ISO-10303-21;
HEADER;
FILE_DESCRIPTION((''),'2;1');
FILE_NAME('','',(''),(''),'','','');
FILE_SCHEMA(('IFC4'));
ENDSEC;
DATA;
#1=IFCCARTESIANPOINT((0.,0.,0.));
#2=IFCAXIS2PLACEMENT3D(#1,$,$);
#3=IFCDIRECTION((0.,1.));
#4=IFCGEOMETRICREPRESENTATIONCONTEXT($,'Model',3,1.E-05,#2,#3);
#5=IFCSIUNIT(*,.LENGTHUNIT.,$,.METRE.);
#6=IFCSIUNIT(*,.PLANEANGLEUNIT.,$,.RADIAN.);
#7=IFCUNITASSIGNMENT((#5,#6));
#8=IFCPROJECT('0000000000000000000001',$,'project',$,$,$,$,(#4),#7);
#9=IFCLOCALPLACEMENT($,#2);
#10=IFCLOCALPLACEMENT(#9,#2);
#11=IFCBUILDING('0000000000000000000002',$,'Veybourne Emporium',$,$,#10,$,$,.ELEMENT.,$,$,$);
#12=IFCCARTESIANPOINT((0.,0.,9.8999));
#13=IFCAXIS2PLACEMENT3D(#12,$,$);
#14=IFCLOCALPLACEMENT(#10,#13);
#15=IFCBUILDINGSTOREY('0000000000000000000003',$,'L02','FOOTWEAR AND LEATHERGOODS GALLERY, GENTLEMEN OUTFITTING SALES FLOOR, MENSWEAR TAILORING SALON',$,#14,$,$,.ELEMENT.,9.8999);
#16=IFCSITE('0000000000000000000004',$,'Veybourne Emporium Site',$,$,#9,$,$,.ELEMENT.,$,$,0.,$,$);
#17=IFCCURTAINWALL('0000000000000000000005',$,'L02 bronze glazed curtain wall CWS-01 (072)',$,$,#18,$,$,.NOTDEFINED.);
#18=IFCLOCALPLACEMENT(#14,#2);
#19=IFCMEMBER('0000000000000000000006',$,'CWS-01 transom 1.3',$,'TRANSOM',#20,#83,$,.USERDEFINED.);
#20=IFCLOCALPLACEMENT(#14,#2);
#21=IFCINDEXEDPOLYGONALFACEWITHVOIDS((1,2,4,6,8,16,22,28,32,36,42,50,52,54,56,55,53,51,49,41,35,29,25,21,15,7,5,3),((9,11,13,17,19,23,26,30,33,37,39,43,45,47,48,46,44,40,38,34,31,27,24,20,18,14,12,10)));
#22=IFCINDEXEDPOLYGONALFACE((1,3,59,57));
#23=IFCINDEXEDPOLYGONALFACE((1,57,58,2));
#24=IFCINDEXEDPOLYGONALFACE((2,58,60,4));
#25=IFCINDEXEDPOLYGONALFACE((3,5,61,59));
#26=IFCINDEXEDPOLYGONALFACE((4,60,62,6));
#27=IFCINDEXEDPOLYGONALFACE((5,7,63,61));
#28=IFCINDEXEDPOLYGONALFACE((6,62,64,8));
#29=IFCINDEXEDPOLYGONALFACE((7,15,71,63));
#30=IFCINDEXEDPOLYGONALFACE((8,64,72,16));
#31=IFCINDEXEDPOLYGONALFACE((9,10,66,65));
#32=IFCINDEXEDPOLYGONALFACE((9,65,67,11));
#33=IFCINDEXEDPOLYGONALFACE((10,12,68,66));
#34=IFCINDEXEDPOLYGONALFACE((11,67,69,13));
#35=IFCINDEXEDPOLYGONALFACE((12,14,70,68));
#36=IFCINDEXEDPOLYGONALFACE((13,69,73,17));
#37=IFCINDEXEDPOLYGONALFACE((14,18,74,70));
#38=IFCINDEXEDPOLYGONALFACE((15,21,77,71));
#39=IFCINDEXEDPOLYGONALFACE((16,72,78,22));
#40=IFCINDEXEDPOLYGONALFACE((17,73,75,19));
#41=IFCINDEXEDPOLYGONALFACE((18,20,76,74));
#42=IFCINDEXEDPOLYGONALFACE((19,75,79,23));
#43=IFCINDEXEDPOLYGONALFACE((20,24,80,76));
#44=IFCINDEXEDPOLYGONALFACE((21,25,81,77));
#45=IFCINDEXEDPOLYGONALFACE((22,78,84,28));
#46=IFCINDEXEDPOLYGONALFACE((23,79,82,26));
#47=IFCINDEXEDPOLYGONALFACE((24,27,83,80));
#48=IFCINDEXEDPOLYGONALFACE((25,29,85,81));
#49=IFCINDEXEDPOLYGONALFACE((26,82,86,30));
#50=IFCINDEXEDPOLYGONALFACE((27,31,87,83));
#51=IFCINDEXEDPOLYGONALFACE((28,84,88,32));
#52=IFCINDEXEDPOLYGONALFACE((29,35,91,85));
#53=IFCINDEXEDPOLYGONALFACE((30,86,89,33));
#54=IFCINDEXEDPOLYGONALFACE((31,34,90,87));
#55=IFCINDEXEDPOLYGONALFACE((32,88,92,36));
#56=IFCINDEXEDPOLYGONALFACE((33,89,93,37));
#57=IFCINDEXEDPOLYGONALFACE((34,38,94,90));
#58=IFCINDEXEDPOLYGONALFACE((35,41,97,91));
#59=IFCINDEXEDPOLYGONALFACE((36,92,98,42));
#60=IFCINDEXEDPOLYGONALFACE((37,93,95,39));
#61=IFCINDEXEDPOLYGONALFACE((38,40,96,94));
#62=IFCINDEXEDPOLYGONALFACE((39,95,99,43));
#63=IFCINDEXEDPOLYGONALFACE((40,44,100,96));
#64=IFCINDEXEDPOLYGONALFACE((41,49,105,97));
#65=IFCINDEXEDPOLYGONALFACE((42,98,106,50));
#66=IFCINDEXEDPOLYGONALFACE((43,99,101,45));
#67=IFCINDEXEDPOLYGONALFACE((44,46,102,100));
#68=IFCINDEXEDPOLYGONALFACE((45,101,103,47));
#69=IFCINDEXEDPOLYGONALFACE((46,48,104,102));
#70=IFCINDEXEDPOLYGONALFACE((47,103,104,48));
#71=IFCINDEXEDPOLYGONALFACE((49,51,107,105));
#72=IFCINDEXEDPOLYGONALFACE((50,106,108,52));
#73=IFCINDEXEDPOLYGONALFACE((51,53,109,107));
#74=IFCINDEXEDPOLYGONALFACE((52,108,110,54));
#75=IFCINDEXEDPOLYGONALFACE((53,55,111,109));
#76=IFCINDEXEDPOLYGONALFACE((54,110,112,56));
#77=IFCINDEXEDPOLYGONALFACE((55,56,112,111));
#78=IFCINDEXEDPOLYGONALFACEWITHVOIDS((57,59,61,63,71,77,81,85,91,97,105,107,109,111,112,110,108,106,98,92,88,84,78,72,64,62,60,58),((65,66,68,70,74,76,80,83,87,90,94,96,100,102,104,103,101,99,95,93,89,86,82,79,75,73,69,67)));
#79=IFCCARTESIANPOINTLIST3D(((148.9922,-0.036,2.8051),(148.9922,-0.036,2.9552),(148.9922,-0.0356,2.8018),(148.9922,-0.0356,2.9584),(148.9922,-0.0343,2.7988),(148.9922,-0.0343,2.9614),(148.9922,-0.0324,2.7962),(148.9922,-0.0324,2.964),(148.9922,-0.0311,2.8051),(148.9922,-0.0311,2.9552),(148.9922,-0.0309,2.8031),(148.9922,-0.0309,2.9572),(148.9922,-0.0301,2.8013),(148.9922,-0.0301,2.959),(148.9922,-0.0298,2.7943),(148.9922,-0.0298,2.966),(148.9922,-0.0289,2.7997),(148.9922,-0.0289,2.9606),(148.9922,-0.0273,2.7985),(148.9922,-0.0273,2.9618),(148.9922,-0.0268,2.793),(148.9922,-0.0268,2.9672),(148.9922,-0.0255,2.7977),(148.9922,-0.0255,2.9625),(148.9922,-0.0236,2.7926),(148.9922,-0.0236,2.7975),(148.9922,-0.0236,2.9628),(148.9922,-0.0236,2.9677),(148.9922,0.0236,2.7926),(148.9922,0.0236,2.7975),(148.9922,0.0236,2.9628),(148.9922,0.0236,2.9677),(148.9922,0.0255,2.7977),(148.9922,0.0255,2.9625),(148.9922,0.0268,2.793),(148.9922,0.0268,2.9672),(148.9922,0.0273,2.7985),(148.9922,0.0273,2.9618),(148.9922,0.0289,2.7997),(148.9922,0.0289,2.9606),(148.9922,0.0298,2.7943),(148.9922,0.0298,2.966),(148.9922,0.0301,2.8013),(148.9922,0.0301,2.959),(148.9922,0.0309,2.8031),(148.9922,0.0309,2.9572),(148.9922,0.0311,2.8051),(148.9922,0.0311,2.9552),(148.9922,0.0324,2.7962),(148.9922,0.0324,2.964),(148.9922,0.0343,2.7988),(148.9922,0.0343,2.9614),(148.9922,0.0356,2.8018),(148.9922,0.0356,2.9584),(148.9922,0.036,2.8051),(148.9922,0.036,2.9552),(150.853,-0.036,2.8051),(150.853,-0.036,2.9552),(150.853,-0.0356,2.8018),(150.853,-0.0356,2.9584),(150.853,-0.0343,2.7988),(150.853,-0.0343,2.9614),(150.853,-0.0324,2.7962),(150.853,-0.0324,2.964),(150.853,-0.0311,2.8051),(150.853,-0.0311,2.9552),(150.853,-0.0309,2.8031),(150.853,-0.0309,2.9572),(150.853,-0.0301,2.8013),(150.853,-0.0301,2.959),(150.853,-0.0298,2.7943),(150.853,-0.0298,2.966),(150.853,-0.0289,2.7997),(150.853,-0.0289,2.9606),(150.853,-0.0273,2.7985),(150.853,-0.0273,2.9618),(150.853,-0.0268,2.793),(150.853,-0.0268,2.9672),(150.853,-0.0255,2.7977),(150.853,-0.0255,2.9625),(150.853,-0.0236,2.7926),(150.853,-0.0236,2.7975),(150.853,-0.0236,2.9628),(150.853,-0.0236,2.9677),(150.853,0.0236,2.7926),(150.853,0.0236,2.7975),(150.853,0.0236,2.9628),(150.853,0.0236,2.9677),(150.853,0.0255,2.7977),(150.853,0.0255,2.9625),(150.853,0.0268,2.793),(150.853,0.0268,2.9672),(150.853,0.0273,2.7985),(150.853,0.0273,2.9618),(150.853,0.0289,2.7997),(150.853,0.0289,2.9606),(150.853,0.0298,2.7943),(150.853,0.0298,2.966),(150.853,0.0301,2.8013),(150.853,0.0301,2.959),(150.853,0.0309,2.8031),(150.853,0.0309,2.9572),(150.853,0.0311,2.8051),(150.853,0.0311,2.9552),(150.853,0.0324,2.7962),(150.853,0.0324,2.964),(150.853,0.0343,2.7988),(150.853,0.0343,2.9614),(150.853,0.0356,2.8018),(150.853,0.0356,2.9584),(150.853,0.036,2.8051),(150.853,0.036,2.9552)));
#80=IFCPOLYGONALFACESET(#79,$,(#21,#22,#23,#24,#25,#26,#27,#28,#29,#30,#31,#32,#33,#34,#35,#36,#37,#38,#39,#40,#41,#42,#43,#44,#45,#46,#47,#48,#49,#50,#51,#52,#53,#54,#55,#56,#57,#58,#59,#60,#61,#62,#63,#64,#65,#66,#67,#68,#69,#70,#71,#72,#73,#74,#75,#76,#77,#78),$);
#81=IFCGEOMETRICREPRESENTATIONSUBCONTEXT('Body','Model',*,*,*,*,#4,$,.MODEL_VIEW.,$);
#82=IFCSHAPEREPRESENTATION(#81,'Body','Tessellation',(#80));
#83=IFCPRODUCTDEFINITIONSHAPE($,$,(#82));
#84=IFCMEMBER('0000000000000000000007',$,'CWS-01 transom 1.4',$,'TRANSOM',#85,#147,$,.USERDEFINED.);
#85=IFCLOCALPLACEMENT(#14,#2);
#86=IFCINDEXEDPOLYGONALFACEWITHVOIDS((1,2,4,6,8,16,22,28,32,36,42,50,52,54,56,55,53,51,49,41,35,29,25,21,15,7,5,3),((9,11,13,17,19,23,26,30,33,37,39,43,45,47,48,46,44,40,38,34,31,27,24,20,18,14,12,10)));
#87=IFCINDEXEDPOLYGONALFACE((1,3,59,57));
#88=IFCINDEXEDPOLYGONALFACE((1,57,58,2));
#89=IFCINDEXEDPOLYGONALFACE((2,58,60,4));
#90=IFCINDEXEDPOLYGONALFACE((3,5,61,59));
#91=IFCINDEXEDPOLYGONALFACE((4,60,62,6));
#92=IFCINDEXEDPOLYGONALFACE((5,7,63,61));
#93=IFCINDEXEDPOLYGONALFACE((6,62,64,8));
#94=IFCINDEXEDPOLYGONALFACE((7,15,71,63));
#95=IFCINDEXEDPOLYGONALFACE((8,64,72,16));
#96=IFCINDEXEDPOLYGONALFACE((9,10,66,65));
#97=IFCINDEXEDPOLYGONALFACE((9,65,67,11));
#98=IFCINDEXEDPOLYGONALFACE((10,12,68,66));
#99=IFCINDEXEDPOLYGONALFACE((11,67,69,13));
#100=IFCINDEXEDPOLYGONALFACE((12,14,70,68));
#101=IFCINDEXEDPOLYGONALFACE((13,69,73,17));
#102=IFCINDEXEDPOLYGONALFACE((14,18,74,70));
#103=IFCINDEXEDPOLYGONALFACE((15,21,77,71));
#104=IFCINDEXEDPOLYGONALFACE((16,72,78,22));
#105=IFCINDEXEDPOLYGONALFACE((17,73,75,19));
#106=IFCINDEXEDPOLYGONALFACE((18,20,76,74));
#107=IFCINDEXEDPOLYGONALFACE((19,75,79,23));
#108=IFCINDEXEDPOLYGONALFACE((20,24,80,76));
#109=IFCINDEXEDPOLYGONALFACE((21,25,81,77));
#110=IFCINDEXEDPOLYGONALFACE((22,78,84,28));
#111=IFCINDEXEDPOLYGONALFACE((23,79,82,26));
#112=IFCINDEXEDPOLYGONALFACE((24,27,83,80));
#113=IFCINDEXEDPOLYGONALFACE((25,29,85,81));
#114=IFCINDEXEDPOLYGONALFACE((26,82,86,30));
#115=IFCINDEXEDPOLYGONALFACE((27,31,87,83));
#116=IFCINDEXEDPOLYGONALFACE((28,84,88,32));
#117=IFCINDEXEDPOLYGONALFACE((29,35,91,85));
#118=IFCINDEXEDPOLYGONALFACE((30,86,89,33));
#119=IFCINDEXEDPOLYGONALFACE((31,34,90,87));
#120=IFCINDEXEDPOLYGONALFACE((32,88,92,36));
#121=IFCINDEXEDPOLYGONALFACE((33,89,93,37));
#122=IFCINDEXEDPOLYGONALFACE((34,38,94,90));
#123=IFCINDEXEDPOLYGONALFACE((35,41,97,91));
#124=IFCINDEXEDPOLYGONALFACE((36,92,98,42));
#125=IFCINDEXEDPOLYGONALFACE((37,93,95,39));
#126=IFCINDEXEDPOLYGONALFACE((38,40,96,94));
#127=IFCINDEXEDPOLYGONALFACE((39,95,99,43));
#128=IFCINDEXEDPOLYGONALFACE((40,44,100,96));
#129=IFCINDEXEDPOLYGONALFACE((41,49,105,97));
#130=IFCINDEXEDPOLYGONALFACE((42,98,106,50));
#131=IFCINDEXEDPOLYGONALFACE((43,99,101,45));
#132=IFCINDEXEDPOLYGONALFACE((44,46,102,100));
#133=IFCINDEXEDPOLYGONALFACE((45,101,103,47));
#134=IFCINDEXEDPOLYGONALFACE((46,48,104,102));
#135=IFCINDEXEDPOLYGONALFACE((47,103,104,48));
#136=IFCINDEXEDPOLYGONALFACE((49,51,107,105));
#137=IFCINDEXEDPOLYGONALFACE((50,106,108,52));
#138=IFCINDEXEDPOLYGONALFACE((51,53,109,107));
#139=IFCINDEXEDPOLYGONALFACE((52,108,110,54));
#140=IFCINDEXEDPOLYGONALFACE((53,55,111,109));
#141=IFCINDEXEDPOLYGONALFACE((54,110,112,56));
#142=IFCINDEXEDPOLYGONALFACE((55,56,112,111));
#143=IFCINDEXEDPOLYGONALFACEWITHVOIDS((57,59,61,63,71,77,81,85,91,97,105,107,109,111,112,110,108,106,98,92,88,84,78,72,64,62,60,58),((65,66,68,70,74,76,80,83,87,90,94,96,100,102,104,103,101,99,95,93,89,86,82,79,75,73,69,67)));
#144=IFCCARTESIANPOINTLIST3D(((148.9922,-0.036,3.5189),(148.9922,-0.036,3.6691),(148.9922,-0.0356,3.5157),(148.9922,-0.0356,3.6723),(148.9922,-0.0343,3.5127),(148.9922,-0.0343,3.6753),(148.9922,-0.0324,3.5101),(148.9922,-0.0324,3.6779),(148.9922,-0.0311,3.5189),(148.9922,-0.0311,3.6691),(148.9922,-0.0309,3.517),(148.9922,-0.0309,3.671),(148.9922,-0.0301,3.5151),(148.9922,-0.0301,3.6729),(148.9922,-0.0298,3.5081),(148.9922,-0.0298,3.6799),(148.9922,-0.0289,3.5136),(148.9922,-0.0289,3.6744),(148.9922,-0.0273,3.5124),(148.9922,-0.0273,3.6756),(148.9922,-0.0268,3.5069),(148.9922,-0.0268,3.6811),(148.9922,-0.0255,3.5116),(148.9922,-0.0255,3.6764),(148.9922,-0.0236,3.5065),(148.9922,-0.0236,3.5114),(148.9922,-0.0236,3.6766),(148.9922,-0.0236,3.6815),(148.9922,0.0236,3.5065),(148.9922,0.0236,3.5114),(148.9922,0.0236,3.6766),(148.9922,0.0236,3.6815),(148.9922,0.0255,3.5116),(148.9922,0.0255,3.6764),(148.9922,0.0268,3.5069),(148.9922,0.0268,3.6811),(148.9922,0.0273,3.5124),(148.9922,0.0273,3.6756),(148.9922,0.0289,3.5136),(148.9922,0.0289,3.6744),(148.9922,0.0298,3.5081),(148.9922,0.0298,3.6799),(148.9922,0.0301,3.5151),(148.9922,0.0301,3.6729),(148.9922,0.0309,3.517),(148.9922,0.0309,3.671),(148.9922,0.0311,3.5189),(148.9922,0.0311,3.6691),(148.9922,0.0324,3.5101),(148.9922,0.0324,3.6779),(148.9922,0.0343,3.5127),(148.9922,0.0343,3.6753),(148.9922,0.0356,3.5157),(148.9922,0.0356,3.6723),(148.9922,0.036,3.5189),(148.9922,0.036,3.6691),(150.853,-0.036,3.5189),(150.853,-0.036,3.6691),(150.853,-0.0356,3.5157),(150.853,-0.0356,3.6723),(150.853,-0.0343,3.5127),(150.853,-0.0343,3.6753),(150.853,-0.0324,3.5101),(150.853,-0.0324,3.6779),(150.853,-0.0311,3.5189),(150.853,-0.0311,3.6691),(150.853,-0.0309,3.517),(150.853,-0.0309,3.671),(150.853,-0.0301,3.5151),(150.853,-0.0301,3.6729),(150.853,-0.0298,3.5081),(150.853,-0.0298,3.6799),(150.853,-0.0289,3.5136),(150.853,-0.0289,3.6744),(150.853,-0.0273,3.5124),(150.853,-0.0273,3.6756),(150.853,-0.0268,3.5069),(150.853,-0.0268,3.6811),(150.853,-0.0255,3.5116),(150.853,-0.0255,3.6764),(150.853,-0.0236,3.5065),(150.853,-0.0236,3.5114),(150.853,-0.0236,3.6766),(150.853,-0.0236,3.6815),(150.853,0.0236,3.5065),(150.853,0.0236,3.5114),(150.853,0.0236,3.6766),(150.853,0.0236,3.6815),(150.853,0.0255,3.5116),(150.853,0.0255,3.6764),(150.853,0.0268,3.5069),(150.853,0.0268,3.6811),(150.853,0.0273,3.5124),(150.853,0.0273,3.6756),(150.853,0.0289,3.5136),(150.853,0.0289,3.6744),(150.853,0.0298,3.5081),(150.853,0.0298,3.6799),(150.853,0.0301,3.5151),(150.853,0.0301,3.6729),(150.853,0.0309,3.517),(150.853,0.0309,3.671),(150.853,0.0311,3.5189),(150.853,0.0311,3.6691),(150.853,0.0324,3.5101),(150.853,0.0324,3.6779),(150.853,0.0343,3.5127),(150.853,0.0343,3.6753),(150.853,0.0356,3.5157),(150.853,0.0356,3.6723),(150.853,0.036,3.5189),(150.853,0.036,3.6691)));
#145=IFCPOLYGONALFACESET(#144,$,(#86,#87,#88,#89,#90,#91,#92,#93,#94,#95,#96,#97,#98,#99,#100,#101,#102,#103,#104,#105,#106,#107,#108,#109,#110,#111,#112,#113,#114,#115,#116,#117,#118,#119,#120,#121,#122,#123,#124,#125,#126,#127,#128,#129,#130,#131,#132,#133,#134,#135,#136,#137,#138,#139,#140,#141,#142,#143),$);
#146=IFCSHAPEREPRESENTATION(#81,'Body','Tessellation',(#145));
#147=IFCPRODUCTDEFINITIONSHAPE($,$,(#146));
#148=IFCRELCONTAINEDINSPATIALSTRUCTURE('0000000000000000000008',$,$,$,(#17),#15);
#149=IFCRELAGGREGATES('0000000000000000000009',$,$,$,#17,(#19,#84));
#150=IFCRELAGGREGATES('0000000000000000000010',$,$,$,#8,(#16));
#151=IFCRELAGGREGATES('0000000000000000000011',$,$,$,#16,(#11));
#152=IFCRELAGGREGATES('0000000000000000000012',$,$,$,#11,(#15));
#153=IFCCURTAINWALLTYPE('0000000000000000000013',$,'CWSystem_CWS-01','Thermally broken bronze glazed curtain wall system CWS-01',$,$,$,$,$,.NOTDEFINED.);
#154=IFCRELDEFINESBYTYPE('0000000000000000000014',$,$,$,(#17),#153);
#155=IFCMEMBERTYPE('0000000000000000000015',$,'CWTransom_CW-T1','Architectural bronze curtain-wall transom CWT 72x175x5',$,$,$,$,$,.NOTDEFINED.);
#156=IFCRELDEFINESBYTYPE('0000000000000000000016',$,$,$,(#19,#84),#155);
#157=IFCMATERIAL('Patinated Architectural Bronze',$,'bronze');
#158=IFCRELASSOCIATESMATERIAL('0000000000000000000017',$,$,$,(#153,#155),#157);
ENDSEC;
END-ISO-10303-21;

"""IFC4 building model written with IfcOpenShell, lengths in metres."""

from ifc_helpers import new_model, si_unit, direction, frame, origin, origin_2d, place, context, subcontext, project, spatial, hollow_rectangle, extrude, material, material_profile, profile_set, type_object, element, aggregate, save


model = new_model("IFC4")

# Units and contexts
model_context = context("Model", 3, precision=1e-05, world=origin(), true_north=direction((0.0, 1.0)))
body_context = subcontext(model_context, "Body", "Model", "MODEL_VIEW")
ifc_project = project(units=[si_unit("LENGTHUNIT", "METRE"), si_unit("PLANEANGLEUNIT", "RADIAN")], contexts=[model_context])

# Site, building, storey
site_placement = place(None, origin())
site = spatial("IfcSite", under=ifc_project, at=site_placement, Name="Veybourne Emporium Site", CompositionType="ELEMENT", RefElevation=0.0)
building_placement = place(site_placement, origin())
building = spatial("IfcBuilding", under=site, at=building_placement, Name="Veybourne Emporium", CompositionType="ELEMENT")
storey_placement = place(building_placement, frame((0.0, 0.0, 9.8999)))
storey = spatial("IfcBuildingStorey", under=building, at=storey_placement, Name="L02", Description="FOOTWEAR AND LEATHERGOODS GALLERY, GENTLEMEN OUTFITTING SALES FLOOR, MENSWEAR TAILORING SALON", CompositionType="ELEMENT", Elevation=9.8999)

# Curtain wall
ifc_material_1 = material(Name="Patinated Architectural Bronze", Category="bronze")
curtain_wall_type_1 = type_object("IfcCurtainWallType", Name="CWSystem_CWS-01", Description="Thermally broken bronze glazed curtain wall system CWS-01", PredefinedType="NOTDEFINED", material=ifc_material_1)
curtain_wall_1_placement = place(storey_placement, origin())
curtain_wall_1 = element("IfcCurtainWall", 1, at=curtain_wall_1_placement, inside=storey, type_object=curtain_wall_type_1, Name="L02 bronze glazed curtain wall CWS-01 (072)", PredefinedType="NOTDEFINED")

# Members
ifc_material_profile_1 = material_profile(ifc_material_1, hollow_rectangle(XDim=0.072, YDim=0.175, WallThickness=0.0049, InnerFilletRadius=0.0076, OuterFilletRadius=0.0125, at=origin_2d()), Name="CWT 72x175x5")
ifc_profile_set_1 = profile_set([ifc_material_profile_1], Name="Patinated Architectural Bronze")
member_type_1 = type_object("IfcMemberType", Name="CWTransom_CW-T1", Description="Architectural bronze curtain-wall transom CWT 72x175x5", PredefinedType="NOTDEFINED", material=ifc_profile_set_1)
member_1_placement = place(storey_placement, frame((150.853, 0.0, 2.8801), z_axis=(-1.0, 0.0, 0.0), x_axis=(0.0, -1.0, 0.0)))
member_1 = element("IfcMember", 2, at=member_1_placement, type_object=member_type_1, Name="CWS-01 transom 1.3", ObjectType="TRANSOM", PredefinedType="USERDEFINED", context=body_context, shape_type="SweptSolid", body=[
    extrude(hollow_rectangle(XDim=0.072, YDim=0.175, WallThickness=0.0049, InnerFilletRadius=0.0076, OuterFilletRadius=0.0125, at=origin_2d()), origin(), (0.0, 0.0, 1.0), 1.8608),
])
member_2_placement = place(storey_placement, frame((150.853, 0.0, 3.594), z_axis=(-1.0, 0.0, 0.0), x_axis=(0.0, -1.0, 0.0)))
member_2 = element("IfcMember", 3, at=member_2_placement, type_object=member_type_1, Name="CWS-01 transom 1.4", ObjectType="TRANSOM", PredefinedType="USERDEFINED", context=body_context, shape_type="SweptSolid", body=[
    extrude(hollow_rectangle(XDim=0.072, YDim=0.175, WallThickness=0.0049, InnerFilletRadius=0.0076, OuterFilletRadius=0.0125, at=origin_2d()), origin(), (0.0, 0.0, 1.0), 1.8608),
])

aggregate(curtain_wall_1, [member_1, member_2])

save(model, "model.ifc")
